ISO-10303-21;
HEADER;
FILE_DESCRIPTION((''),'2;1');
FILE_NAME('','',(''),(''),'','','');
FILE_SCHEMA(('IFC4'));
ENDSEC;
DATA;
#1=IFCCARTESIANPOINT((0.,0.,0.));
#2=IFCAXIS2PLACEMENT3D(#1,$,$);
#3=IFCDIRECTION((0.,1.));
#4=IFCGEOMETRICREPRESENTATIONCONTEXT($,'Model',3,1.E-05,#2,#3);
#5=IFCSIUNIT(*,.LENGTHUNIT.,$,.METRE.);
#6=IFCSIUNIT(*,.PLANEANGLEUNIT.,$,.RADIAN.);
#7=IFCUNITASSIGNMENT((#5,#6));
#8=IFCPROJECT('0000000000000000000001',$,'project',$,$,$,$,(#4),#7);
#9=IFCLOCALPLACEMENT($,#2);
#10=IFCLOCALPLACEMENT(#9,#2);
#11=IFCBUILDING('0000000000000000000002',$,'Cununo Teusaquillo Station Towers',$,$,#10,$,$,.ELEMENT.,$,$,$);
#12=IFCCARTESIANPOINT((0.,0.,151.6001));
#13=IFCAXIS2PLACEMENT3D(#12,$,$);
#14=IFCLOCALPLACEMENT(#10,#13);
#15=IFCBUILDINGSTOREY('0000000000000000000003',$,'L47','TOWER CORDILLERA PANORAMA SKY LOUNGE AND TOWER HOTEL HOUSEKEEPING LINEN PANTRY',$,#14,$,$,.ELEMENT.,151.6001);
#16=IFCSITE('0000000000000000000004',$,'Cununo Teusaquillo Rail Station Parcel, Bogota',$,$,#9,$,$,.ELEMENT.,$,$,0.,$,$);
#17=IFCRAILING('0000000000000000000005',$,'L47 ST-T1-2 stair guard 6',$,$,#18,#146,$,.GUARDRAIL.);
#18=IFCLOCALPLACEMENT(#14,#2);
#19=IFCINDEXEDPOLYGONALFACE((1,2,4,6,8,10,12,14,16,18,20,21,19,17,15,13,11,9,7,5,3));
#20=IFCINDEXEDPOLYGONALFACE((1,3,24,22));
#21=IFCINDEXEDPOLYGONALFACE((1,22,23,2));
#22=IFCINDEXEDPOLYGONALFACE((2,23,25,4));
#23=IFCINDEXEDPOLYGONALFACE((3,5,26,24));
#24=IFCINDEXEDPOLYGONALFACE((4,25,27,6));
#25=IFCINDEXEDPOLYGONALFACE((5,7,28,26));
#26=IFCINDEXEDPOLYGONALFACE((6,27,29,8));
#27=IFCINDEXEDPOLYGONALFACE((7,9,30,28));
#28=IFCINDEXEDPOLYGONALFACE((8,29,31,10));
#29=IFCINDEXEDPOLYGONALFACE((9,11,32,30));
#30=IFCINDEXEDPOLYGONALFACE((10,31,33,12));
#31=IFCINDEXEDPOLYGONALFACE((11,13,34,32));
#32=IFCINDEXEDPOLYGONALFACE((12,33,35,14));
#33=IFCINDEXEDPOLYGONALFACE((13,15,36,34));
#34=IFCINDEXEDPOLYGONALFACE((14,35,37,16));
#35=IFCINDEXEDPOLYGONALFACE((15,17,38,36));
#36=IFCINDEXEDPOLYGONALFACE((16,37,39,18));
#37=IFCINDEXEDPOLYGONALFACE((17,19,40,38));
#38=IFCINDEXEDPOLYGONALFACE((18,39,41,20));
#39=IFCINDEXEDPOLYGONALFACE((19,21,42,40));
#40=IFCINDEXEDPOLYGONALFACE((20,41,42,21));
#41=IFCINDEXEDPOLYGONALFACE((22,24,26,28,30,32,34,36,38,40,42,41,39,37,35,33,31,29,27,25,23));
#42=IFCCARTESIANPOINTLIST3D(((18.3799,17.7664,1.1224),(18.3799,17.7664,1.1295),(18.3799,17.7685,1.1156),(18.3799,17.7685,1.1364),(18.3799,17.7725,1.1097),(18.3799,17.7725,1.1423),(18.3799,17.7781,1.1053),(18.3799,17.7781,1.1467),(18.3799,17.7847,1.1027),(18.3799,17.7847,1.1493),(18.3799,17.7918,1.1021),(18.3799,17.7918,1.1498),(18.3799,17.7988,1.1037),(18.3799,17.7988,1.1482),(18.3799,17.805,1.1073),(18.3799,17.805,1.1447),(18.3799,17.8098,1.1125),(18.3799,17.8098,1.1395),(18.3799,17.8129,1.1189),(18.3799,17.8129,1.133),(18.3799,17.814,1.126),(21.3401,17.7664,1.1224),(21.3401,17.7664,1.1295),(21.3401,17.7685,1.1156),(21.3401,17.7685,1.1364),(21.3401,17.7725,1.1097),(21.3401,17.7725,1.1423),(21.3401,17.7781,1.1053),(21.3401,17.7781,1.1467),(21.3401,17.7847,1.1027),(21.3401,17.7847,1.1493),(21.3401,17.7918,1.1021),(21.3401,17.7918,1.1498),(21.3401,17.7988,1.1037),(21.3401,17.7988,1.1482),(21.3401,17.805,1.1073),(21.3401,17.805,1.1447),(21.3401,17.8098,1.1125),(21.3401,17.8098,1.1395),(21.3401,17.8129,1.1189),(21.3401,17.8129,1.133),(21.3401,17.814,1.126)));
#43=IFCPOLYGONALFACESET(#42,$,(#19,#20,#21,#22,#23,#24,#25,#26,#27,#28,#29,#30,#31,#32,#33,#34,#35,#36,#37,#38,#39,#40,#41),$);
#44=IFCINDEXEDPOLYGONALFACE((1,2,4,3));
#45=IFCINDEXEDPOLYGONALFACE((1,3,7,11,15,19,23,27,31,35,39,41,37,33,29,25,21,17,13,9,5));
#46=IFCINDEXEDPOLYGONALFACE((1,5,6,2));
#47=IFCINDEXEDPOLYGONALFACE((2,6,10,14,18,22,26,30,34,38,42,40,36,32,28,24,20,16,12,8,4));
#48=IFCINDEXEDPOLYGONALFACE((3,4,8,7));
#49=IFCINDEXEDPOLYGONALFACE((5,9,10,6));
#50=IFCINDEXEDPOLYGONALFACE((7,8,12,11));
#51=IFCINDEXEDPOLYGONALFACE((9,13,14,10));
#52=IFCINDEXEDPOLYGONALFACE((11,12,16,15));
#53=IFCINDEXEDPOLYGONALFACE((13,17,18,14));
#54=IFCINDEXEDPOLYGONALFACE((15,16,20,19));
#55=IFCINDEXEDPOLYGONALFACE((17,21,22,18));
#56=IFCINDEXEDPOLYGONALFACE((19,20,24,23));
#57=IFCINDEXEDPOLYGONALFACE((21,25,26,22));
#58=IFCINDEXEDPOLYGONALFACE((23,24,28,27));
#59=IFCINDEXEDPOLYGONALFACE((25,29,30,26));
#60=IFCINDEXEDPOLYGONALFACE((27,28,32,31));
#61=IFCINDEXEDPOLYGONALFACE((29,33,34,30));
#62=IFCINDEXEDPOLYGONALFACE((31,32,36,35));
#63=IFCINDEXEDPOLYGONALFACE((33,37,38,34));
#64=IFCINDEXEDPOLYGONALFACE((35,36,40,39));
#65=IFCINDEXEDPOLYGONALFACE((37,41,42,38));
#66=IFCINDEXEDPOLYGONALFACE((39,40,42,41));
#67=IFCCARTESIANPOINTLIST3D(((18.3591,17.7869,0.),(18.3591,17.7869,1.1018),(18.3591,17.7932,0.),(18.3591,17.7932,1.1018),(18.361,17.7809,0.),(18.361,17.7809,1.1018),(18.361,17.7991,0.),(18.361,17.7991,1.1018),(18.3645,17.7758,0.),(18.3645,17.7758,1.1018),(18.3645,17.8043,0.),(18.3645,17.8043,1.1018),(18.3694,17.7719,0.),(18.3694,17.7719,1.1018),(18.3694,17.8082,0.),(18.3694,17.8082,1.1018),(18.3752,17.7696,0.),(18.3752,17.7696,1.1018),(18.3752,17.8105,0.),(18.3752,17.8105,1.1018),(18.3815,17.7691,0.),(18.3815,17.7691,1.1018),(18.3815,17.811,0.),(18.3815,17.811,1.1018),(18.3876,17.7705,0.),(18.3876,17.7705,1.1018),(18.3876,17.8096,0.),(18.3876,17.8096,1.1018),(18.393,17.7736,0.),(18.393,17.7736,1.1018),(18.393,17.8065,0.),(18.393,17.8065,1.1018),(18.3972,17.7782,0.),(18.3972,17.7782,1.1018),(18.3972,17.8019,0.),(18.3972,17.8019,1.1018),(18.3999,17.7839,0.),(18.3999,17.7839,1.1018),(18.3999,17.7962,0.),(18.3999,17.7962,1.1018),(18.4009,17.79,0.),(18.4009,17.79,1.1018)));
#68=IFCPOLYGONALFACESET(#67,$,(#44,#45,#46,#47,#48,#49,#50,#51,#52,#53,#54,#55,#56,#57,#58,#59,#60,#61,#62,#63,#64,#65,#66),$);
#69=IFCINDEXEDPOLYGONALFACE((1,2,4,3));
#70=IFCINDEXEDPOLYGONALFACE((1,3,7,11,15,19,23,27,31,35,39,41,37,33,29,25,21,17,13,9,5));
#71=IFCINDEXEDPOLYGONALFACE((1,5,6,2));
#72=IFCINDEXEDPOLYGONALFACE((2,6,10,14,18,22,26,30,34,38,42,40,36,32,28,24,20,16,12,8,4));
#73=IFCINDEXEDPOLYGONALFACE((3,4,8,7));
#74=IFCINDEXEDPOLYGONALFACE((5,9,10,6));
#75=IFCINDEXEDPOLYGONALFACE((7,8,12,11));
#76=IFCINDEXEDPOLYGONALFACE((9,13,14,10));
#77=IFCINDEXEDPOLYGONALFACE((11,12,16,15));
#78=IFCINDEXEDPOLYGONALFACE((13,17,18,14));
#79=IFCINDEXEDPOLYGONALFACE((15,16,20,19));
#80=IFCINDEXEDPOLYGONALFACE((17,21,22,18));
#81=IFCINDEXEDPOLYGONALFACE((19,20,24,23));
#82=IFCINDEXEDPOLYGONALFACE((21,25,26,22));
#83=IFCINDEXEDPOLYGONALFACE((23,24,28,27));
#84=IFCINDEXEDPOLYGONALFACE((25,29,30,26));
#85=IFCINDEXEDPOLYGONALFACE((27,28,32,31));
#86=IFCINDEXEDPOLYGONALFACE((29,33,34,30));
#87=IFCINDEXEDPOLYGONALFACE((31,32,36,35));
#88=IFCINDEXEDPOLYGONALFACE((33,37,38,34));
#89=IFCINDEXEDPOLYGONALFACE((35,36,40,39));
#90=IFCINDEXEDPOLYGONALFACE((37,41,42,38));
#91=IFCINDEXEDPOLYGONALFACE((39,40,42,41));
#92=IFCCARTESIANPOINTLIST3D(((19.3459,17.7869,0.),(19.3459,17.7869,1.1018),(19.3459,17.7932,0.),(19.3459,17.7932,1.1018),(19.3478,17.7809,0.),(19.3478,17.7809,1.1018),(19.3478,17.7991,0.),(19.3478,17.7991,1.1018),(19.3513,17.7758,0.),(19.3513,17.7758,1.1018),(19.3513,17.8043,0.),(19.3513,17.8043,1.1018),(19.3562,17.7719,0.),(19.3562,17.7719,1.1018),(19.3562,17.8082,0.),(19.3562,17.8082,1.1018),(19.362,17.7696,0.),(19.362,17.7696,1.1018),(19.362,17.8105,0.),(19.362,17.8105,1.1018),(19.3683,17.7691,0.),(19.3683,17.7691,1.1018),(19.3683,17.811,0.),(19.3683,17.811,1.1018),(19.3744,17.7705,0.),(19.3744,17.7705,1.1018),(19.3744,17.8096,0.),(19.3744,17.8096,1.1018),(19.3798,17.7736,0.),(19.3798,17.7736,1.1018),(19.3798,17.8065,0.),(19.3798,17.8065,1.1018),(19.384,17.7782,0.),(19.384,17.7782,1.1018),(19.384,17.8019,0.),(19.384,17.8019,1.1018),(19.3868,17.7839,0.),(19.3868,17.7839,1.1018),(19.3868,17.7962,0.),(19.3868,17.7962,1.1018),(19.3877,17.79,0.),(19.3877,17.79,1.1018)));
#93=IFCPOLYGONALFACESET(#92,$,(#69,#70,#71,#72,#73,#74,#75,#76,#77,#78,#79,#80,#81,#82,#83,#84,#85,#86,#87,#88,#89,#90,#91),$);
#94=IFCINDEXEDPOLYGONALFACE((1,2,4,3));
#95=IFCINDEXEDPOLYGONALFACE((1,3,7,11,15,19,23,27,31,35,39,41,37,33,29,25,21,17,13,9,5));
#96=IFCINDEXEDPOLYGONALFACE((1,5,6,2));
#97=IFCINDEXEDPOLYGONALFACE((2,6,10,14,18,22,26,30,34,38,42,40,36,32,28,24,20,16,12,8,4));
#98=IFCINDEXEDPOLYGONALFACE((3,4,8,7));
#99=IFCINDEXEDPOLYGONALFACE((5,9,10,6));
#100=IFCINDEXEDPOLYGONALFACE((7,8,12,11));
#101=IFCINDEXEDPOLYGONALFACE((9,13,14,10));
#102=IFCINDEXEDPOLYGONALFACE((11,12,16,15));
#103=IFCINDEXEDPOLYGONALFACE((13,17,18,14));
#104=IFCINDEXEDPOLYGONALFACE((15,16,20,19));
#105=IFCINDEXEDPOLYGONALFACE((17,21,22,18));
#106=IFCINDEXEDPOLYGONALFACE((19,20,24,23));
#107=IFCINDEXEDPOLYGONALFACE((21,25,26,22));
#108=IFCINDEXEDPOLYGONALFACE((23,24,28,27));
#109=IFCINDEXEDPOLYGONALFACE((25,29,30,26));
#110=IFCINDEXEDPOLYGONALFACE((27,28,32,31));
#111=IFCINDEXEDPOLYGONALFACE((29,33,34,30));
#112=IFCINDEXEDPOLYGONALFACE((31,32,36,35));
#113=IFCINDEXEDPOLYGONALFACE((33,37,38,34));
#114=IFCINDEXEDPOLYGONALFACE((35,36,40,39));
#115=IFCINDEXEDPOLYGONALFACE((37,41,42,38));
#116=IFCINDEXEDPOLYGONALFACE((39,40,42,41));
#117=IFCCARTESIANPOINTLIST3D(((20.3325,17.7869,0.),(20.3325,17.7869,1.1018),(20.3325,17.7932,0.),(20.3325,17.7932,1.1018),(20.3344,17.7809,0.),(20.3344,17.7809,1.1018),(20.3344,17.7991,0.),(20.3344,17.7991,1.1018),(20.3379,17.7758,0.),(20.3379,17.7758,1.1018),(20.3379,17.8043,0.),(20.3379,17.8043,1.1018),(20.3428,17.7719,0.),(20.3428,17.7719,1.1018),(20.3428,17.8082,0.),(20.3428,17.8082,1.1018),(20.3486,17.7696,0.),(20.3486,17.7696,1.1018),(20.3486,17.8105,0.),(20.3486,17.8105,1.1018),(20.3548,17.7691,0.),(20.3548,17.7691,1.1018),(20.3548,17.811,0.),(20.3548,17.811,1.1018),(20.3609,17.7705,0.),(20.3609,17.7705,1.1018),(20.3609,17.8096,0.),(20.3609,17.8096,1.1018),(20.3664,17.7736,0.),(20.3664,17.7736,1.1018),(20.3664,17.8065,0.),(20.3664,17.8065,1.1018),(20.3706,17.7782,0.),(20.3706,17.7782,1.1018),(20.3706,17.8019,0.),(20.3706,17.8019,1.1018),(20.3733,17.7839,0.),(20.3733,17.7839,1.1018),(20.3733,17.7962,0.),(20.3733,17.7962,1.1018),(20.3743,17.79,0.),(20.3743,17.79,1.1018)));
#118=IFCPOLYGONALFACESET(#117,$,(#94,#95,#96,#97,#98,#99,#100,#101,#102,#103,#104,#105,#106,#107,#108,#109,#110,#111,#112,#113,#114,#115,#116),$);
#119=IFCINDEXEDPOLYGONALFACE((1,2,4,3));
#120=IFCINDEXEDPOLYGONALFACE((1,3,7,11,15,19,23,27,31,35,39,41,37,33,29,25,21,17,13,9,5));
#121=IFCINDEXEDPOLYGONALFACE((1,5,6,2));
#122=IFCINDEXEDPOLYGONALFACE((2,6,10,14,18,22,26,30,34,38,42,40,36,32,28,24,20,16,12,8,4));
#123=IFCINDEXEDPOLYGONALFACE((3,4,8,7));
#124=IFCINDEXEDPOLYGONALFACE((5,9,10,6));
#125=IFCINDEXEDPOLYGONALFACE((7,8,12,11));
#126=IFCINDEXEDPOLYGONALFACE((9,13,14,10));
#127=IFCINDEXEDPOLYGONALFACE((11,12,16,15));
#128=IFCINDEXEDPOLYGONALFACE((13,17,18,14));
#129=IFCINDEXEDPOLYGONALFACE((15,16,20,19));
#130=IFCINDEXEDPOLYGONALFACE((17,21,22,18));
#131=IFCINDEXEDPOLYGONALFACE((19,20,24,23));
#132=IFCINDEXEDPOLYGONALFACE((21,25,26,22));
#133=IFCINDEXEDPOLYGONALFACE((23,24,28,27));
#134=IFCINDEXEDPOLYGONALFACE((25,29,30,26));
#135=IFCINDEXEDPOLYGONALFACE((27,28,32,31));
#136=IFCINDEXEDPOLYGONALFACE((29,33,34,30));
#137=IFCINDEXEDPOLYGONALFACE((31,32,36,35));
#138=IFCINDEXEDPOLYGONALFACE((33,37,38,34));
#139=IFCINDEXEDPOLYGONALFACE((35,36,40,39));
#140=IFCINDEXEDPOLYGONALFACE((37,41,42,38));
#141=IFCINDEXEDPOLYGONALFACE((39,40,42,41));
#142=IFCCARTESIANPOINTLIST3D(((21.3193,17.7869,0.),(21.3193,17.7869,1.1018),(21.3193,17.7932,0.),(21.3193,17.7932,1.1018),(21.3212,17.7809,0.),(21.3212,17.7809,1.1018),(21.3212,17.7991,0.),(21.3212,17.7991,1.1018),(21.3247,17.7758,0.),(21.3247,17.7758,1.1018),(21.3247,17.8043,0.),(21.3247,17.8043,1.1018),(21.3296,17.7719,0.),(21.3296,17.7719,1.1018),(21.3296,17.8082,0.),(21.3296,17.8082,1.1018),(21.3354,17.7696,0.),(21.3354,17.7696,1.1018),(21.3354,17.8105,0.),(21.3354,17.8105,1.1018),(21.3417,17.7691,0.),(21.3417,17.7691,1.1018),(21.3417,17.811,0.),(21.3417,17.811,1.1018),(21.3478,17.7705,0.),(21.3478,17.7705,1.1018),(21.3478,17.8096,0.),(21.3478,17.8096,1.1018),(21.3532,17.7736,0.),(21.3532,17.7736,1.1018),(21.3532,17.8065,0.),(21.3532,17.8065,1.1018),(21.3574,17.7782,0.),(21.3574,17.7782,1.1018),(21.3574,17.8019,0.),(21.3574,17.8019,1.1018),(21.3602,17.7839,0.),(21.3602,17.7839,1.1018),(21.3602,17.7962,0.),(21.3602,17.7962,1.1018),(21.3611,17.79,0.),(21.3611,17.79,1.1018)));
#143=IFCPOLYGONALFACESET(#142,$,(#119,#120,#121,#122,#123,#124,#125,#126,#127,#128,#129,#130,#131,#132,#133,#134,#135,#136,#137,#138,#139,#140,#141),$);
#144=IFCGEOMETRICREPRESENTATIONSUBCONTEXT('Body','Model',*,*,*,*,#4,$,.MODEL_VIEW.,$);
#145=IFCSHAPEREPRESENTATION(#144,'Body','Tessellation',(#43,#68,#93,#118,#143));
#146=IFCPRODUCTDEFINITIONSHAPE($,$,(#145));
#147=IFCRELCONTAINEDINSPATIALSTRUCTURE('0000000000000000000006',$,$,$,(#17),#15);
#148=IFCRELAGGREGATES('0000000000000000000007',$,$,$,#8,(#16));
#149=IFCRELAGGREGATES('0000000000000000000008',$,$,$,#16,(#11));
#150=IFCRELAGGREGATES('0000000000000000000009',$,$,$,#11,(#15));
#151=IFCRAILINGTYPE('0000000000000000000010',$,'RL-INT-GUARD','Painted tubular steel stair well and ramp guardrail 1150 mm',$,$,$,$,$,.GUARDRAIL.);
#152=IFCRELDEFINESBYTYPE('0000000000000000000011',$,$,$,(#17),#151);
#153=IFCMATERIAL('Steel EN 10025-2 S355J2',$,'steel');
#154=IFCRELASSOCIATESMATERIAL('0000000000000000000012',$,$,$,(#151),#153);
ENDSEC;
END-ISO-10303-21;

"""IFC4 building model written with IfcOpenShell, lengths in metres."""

from ifc_helpers import new_model, si_unit, direction, frame, origin, origin_2d, place, context, subcontext, project, spatial, circle, extrude, material, type_object, element, save


model = new_model("IFC4")

# Units and contexts
model_context = context("Model", 3, precision=1e-05, world=origin(), true_north=direction((0.0, 1.0)))
body_context = subcontext(model_context, "Body", "Model", "MODEL_VIEW")
ifc_project = project(units=[si_unit("LENGTHUNIT", "METRE"), si_unit("PLANEANGLEUNIT", "RADIAN")], contexts=[model_context])

# Site, building, storey
site_placement = place(None, origin())
site = spatial("IfcSite", under=ifc_project, at=site_placement, Name="Cununo Teusaquillo Rail Station Parcel, Bogota", CompositionType="ELEMENT", RefElevation=0.0)
building_placement = place(site_placement, origin())
building = spatial("IfcBuilding", under=site, at=building_placement, Name="Cununo Teusaquillo Station Towers", CompositionType="ELEMENT")
storey_placement = place(building_placement, frame((0.0, 0.0, 151.6001)))
storey = spatial("IfcBuildingStorey", under=building, at=storey_placement, Name="L47", Description="TOWER CORDILLERA PANORAMA SKY LOUNGE AND TOWER HOTEL HOUSEKEEPING LINEN PANTRY", CompositionType="ELEMENT", Elevation=151.6001)

# Railing
ifc_material_1 = material(Name="Steel EN 10025-2 S355J2", Category="steel")
railing_type_1 = type_object("IfcRailingType", Name="RL-INT-GUARD", Description="Painted tubular steel stair well and ramp guardrail 1150 mm", PredefinedType="GUARDRAIL", material=ifc_material_1)
railing_1_placement = place(storey_placement, frame((18.3799, 17.79, 0.0)))
element("IfcRailing", 1, at=railing_1_placement, inside=storey, type_object=railing_type_1, Name="L47 ST-T1-2 stair guard 6", PredefinedType="GUARDRAIL", context=body_context, shape_type="SweptSolid", body=[
    extrude(circle(Radius=0.0239, at=origin_2d()), frame((0.0, 0.0, 1.126), z_axis=(1.0, 0.0, 0.0), x_axis=(0.0, 1.0, 0.0)), (0.0, 0.0, 1.0), 2.9602),
    extrude(circle(Radius=0.021, at=origin_2d()), origin(), (0.0, 0.0, 1.0), 1.1018),
    extrude(circle(Radius=0.021, at=origin_2d()), frame((0.9868, 0.0, 0.0)), (0.0, 0.0, 1.0), 1.1018),
    extrude(circle(Radius=0.021, at=origin_2d()), frame((1.9734, 0.0, 0.0)), (0.0, 0.0, 1.0), 1.1018),
    extrude(circle(Radius=0.021, at=origin_2d()), frame((2.9602, 0.0, 0.0)), (0.0, 0.0, 1.0), 1.1018),
])

save(model, "model.ifc")
